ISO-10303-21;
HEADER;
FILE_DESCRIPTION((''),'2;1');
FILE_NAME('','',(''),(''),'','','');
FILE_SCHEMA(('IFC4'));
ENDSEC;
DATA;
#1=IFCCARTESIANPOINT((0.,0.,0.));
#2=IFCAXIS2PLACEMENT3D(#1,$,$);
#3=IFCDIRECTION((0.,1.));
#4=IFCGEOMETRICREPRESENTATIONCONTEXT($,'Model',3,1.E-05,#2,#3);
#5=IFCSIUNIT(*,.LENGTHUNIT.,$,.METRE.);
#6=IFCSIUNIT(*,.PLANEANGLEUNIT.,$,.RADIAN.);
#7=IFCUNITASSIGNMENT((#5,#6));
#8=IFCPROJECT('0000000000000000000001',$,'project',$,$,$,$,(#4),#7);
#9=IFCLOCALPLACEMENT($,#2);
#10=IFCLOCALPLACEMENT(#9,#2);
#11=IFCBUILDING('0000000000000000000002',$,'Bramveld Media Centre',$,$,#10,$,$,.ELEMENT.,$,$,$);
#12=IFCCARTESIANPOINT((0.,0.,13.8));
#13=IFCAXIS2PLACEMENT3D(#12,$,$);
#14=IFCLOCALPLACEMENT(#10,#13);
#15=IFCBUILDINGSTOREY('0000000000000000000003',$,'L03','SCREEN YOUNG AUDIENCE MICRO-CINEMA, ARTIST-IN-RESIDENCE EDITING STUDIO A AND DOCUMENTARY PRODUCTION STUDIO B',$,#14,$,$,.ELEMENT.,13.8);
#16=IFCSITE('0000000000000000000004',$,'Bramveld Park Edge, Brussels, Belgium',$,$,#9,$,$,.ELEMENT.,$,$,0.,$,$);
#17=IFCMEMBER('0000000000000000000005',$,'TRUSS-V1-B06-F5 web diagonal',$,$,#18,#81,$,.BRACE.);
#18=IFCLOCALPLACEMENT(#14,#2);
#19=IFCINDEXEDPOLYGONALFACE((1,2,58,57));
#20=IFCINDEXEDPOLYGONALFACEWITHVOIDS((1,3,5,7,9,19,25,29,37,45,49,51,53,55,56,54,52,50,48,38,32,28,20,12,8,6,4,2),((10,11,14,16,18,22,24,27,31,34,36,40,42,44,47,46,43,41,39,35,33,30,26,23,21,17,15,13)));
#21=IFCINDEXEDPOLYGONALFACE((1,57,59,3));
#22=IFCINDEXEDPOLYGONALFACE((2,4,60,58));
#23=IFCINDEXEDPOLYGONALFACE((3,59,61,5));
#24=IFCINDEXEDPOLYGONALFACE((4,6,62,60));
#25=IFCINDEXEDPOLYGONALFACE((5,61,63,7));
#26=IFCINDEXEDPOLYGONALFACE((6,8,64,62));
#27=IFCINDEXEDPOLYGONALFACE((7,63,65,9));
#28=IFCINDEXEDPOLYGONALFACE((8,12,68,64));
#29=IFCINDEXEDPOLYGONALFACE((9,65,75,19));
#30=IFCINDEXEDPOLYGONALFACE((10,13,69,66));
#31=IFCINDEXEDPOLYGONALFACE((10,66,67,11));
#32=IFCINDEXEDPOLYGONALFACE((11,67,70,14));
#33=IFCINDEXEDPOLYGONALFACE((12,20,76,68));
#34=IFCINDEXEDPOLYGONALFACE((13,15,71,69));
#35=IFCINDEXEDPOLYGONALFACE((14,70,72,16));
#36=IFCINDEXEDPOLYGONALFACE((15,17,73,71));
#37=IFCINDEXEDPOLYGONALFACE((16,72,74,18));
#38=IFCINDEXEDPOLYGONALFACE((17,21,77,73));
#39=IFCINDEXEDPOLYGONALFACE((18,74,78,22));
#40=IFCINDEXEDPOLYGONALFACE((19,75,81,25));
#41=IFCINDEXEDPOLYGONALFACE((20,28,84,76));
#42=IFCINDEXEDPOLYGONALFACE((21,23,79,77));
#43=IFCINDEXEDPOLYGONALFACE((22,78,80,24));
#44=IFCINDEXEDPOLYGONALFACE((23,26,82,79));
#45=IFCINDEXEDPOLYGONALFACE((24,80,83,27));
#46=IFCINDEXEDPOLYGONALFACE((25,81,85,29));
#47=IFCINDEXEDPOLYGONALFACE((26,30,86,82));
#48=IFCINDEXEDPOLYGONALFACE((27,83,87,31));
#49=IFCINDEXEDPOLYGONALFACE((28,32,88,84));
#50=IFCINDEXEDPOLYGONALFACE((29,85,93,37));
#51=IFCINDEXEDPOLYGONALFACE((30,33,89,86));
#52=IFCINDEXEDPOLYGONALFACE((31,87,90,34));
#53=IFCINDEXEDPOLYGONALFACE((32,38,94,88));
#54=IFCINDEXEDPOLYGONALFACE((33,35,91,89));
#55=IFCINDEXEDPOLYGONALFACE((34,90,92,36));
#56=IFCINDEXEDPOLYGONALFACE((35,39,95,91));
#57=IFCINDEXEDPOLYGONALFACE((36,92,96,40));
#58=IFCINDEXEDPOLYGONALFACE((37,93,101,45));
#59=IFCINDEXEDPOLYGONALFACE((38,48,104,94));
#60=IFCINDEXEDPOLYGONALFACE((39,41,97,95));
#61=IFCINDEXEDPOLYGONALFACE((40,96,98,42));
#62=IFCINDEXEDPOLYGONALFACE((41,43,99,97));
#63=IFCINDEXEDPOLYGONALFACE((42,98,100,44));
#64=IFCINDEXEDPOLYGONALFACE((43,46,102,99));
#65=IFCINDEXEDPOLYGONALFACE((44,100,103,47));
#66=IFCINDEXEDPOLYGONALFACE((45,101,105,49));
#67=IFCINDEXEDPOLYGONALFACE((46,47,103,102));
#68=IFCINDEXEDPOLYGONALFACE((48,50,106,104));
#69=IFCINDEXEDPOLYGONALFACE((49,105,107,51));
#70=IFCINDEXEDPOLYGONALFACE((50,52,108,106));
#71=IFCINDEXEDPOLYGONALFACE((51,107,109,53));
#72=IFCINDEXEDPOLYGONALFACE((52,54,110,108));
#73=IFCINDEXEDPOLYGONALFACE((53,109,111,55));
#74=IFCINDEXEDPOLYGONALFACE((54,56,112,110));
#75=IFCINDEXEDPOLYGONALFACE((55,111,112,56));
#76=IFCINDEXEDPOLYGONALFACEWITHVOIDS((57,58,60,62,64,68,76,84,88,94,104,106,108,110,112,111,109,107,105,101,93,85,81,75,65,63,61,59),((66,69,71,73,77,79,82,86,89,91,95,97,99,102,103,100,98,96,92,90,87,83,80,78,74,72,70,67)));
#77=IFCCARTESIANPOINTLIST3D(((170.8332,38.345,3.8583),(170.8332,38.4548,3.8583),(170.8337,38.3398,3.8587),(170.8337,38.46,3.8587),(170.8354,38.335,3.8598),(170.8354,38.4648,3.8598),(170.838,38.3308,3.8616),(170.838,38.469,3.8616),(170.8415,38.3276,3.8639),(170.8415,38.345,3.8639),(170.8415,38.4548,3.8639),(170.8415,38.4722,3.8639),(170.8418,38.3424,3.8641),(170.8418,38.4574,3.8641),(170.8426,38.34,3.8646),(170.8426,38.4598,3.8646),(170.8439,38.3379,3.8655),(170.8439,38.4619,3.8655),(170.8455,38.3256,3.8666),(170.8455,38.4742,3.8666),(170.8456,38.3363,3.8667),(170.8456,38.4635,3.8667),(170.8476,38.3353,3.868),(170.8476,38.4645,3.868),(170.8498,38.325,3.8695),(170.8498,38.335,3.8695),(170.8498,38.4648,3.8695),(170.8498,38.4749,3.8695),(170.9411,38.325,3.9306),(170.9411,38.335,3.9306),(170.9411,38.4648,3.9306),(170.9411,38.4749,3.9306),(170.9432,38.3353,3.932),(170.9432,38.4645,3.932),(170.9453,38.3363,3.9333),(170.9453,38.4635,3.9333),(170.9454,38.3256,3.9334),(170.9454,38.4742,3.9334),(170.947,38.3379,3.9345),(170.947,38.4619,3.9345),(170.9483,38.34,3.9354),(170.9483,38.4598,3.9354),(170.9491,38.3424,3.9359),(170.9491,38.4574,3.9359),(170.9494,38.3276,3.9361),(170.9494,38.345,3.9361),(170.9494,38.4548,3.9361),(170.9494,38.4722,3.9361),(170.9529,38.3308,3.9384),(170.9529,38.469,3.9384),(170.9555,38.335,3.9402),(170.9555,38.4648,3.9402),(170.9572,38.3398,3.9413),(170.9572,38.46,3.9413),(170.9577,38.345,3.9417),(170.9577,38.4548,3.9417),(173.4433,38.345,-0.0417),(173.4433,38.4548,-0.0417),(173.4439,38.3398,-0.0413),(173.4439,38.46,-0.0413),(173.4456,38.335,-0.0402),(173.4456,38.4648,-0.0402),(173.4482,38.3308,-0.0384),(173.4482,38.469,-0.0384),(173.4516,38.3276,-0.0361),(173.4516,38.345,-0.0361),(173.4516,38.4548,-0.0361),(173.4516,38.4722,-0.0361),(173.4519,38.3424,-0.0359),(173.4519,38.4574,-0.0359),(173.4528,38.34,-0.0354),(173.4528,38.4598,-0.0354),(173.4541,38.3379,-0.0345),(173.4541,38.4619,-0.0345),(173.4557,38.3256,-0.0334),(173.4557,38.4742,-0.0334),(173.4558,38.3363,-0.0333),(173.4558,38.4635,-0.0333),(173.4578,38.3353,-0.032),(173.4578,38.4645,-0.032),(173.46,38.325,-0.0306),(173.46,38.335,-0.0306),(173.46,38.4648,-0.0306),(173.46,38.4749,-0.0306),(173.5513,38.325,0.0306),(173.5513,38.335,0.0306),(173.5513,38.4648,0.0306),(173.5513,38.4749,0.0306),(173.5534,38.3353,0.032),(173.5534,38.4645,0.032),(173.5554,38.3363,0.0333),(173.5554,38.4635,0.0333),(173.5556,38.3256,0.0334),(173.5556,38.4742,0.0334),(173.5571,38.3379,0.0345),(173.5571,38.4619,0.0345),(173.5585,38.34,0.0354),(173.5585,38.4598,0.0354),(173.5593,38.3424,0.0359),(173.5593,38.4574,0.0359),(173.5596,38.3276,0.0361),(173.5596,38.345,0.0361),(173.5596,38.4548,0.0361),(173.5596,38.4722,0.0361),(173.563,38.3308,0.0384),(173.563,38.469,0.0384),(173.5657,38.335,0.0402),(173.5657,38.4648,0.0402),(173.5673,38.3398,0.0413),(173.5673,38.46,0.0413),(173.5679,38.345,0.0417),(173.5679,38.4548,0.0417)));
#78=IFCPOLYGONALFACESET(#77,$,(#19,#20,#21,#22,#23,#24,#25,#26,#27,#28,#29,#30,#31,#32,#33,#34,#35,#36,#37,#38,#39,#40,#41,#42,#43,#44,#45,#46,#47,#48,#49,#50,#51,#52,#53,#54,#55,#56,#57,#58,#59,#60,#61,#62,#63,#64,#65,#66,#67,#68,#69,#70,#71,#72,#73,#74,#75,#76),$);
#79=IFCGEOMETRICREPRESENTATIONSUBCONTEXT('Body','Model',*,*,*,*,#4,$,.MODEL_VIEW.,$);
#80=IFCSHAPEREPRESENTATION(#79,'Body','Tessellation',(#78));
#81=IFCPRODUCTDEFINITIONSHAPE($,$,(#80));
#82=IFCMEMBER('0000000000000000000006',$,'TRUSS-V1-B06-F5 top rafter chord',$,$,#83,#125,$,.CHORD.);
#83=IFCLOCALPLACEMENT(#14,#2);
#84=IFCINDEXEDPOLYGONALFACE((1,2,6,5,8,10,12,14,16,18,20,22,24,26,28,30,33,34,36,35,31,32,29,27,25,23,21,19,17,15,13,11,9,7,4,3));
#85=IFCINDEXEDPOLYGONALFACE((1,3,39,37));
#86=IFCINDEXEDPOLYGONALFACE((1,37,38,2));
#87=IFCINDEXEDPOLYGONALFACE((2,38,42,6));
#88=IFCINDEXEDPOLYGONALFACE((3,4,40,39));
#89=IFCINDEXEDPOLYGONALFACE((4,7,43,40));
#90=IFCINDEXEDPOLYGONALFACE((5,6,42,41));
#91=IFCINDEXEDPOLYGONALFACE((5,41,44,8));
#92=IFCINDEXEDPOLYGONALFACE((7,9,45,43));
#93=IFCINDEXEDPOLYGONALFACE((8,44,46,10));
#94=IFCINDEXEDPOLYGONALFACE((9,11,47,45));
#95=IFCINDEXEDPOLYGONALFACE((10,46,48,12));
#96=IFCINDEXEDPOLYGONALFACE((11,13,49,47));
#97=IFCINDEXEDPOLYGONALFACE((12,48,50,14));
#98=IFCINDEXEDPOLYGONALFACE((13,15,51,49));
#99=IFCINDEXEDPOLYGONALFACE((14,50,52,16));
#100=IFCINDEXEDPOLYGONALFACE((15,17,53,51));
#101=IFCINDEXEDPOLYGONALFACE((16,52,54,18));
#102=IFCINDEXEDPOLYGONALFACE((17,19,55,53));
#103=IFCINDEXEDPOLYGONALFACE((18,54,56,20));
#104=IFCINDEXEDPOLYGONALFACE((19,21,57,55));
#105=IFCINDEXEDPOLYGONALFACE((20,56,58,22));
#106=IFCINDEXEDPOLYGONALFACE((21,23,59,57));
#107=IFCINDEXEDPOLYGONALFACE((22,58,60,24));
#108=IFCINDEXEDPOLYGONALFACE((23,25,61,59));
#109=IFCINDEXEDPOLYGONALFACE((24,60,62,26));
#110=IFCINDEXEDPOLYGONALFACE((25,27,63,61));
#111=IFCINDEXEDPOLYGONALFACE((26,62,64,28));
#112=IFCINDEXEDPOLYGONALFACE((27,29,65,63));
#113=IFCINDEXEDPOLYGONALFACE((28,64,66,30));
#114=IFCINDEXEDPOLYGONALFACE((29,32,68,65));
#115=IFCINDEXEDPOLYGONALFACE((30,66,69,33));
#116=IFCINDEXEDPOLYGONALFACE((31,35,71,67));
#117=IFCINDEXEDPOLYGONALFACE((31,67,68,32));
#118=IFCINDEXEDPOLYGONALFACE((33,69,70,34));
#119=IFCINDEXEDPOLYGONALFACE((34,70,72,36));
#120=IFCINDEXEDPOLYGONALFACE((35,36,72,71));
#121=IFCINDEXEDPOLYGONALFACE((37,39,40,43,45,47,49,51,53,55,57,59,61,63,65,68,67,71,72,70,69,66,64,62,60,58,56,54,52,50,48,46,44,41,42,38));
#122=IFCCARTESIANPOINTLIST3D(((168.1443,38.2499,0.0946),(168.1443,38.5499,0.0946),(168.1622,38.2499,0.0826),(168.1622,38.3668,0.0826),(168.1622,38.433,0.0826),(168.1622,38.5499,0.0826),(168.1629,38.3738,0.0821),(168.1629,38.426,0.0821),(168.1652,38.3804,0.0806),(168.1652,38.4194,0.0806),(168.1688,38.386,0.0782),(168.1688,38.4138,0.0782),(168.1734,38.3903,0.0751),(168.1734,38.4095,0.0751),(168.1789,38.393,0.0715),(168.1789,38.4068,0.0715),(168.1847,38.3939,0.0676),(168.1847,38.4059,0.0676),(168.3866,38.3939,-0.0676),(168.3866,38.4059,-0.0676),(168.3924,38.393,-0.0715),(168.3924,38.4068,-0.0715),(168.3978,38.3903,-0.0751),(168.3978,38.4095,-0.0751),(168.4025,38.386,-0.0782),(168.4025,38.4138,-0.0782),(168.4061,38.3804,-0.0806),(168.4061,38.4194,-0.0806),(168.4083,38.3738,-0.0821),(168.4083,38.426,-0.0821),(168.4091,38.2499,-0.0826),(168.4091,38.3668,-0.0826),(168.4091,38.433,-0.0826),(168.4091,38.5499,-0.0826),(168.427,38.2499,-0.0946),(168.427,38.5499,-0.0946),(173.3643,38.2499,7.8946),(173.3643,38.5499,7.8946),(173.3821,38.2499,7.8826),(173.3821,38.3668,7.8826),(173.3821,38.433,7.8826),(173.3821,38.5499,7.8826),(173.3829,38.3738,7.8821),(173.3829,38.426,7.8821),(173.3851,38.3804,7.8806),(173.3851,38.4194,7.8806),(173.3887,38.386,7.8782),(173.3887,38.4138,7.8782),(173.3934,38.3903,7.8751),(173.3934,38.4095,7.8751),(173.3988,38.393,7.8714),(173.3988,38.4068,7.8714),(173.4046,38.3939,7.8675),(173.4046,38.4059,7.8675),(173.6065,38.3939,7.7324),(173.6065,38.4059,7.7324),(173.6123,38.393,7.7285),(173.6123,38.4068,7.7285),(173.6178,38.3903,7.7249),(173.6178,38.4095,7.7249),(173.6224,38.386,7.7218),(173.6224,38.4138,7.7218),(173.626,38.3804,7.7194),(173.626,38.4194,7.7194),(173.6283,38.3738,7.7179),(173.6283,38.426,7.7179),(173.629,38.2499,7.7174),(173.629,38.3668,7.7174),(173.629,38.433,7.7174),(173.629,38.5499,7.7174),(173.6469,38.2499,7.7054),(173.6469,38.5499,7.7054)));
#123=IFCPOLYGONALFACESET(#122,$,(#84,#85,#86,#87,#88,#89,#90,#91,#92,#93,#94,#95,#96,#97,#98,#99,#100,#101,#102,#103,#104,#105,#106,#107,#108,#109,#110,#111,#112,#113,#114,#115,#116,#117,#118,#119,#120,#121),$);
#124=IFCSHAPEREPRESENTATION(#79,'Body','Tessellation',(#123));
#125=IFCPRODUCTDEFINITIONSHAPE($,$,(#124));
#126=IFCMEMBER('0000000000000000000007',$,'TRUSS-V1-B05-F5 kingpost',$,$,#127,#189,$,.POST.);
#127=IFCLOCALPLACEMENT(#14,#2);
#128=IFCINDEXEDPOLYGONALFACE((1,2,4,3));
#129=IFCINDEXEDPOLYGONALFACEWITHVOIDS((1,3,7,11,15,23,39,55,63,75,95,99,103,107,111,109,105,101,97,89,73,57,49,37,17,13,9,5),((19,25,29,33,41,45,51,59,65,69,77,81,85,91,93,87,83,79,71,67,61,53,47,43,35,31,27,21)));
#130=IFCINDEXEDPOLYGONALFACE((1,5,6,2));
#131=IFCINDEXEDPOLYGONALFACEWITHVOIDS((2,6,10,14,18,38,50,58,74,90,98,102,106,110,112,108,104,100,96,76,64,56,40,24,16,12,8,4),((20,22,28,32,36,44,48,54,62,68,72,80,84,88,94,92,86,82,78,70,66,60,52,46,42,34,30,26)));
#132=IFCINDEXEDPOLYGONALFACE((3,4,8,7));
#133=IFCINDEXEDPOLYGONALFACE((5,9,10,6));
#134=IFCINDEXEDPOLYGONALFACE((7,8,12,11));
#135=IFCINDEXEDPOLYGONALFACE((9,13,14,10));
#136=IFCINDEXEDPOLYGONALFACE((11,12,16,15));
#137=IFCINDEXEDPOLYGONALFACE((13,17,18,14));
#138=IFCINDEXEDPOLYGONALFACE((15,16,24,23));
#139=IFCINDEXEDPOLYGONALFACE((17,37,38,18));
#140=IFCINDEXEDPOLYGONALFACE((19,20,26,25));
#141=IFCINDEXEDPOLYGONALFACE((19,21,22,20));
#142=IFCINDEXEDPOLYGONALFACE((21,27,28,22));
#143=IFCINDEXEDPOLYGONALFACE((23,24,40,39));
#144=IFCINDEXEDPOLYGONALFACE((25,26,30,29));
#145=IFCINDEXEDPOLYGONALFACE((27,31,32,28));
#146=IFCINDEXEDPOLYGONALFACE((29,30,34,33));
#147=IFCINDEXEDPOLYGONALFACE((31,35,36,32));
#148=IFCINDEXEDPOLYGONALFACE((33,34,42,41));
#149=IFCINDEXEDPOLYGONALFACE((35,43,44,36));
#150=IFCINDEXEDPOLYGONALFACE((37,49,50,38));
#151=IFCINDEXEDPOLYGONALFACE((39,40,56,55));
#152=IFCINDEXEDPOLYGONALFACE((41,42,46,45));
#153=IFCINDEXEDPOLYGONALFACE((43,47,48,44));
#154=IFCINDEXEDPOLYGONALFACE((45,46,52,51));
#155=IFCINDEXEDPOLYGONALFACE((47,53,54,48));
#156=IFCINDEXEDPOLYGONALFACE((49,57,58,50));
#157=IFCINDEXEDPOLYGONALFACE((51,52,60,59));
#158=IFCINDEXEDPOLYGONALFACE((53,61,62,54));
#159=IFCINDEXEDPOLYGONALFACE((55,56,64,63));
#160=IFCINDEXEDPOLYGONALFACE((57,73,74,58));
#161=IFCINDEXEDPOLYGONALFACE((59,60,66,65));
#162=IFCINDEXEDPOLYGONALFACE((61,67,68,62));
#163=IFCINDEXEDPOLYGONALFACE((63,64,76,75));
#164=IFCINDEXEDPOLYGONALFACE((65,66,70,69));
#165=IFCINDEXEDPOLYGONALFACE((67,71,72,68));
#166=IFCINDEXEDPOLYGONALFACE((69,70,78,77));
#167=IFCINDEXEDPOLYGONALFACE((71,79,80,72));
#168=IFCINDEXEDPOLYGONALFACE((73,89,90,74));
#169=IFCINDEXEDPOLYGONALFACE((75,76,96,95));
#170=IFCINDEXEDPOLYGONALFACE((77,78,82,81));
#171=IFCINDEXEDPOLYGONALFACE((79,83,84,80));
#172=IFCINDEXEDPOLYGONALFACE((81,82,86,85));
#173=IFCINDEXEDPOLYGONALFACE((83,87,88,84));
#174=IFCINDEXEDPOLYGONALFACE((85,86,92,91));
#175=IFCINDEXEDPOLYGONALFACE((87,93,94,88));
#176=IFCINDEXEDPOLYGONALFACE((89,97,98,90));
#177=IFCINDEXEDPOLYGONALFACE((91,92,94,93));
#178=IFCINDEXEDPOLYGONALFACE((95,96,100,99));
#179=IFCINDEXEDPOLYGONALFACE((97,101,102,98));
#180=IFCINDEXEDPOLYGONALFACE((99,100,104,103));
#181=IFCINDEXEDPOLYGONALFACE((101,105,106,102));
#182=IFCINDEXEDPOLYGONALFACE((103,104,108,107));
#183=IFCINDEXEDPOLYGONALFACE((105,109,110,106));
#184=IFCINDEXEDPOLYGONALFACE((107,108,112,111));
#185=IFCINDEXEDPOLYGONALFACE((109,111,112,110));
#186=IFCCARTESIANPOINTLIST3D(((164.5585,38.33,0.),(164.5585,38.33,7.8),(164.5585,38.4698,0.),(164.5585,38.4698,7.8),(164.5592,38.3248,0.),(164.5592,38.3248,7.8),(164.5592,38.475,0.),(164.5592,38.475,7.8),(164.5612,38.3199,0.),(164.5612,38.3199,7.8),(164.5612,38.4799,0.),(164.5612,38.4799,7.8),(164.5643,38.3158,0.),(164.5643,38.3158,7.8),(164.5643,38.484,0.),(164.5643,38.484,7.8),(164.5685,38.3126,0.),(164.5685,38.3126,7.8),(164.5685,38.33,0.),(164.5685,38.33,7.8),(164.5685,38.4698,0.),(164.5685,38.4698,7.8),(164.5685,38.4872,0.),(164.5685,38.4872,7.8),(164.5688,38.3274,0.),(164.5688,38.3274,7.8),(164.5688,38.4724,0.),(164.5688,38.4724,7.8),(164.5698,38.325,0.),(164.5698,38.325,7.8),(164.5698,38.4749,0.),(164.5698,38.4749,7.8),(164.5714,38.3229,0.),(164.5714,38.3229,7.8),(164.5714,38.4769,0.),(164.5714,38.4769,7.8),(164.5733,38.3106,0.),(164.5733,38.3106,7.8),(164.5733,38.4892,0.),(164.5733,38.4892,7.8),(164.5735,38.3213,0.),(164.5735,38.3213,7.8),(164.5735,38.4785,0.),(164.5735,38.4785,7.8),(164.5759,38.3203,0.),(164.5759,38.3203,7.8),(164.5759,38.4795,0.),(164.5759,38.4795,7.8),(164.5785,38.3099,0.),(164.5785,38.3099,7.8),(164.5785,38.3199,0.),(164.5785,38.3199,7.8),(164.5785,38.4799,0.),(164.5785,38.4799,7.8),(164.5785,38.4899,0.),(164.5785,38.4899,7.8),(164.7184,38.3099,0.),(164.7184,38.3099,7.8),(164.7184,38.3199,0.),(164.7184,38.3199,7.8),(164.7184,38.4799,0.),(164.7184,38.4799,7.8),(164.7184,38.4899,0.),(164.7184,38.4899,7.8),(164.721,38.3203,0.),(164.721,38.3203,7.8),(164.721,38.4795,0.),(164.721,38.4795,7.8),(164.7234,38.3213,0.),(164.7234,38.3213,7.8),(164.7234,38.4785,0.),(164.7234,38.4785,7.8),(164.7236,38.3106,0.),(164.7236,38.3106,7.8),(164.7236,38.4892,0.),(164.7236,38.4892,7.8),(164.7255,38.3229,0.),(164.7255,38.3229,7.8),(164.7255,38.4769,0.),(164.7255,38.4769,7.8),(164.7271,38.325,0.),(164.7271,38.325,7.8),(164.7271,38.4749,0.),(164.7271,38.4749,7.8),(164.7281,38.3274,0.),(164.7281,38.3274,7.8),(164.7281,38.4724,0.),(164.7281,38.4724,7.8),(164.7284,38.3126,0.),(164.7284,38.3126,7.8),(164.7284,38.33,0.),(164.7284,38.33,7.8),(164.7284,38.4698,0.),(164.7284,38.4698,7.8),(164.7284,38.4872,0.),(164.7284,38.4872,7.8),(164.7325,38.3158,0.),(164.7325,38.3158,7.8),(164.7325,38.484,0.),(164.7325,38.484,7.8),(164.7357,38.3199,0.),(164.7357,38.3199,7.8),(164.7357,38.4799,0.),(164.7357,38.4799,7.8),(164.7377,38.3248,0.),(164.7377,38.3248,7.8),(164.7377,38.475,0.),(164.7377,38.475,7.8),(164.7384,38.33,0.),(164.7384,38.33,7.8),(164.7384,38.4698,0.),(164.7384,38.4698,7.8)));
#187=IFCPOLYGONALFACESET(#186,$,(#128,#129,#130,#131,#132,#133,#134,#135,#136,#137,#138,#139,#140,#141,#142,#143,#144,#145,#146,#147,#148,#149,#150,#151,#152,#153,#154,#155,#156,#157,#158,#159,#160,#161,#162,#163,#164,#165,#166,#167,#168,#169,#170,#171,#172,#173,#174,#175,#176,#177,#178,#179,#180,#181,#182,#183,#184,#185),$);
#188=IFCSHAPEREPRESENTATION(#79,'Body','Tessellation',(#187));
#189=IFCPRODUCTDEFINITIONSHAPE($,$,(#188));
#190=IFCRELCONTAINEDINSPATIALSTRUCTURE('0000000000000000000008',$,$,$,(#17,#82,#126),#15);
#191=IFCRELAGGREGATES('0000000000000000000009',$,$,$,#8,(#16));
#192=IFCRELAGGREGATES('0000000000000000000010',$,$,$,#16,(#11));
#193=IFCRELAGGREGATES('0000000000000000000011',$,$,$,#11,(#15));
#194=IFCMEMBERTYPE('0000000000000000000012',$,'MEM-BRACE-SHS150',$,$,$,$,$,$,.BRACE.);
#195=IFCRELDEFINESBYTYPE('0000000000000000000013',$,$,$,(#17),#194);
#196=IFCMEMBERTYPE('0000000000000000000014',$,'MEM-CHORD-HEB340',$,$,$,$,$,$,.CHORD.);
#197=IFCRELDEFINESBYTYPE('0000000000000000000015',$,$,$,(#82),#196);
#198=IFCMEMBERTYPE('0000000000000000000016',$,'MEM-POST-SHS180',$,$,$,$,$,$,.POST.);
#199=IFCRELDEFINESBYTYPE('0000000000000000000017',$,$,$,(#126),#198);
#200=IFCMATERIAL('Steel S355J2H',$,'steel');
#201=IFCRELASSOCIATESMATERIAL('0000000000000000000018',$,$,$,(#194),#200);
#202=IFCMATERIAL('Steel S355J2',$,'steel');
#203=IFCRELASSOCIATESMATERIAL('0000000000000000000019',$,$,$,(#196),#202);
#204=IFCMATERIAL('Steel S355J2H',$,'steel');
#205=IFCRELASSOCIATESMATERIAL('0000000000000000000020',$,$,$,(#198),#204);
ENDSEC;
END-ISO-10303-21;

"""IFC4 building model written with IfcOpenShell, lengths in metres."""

from ifc_helpers import new_model, si_unit, direction, frame, origin, origin_2d, place, context, subcontext, project, spatial, hollow_rectangle, i_section, extrude, material, material_profile, profile_set, type_object, element, save


model = new_model("IFC4")

# Units and contexts
model_context = context("Model", 3, precision=1e-05, world=origin(), true_north=direction((0.0, 1.0)))
body_context = subcontext(model_context, "Body", "Model", "MODEL_VIEW")
ifc_project = project(units=[si_unit("LENGTHUNIT", "METRE"), si_unit("PLANEANGLEUNIT", "RADIAN")], contexts=[model_context])

# Site, building, storey
site_placement = place(None, origin())
site = spatial("IfcSite", under=ifc_project, at=site_placement, Name="Bramveld Park Edge, Brussels, Belgium", CompositionType="ELEMENT", RefElevation=0.0)
building_placement = place(site_placement, origin())
building = spatial("IfcBuilding", under=site, at=building_placement, Name="Bramveld Media Centre", CompositionType="ELEMENT")
storey_placement = place(building_placement, frame((0.0, 0.0, 13.8)))
storey = spatial("IfcBuildingStorey", under=building, at=storey_placement, Name="L03", Description="SCREEN YOUNG AUDIENCE MICRO-CINEMA, ARTIST-IN-RESIDENCE EDITING STUDIO A AND DOCUMENTARY PRODUCTION STUDIO B", CompositionType="ELEMENT", Elevation=13.8)

# Members
ifc_material_1 = material(Name="Steel S355J2H", Category="steel")
ifc_material_profile_1 = material_profile(ifc_material_1, hollow_rectangle(XDim=0.1499, YDim=0.1499, WallThickness=0.01, InnerFilletRadius=0.01, OuterFilletRadius=0.02, at=origin_2d()), Name="SHS 150x150x10")
ifc_profile_set_1 = profile_set([ifc_material_profile_1], Name="Steel S355J2H")
member_type_1 = type_object("IfcMemberType", Name="MEM-BRACE-SHS150", PredefinedType="BRACE", material=ifc_profile_set_1)
member_1_placement = place(storey_placement, frame((173.5056, 38.3999, 0.0), z_axis=(-0.5562, 0.0, 0.831048), x_axis=(0.0, -1.0, 0.0)))
element("IfcMember", 1, at=member_1_placement, inside=storey, type_object=member_type_1, Name="TRUSS-V1-B06-F5 web diagonal", PredefinedType="BRACE", context=body_context, shape_type="SweptSolid", body=[
    extrude(hollow_rectangle(XDim=0.1499, YDim=0.1499, WallThickness=0.01, InnerFilletRadius=0.01, OuterFilletRadius=0.02, at=origin_2d()), origin(), (0.0, 0.0, 1.0), 4.6929),
])
ifc_material_2 = material(Name="Steel S355J2", Category="steel")
ifc_material_profile_2 = material_profile(ifc_material_2, i_section(OverallWidth=0.3, OverallDepth=0.3401, WebThickness=0.012, FlangeThickness=0.0215, FilletRadius=0.0271, at=origin_2d()), Name="HEB 340")
ifc_profile_set_2 = profile_set([ifc_material_profile_2], Name="Steel S355J2")
member_type_2 = type_object("IfcMemberType", Name="MEM-CHORD-HEB340", PredefinedType="CHORD", material=ifc_profile_set_2)
member_2_placement = place(storey_placement, frame((168.2856, 38.3999, 0.0), z_axis=(0.55617, 0.0, 0.831069), x_axis=(0.0, 1.0, 0.0)))
element("IfcMember", 2, at=member_2_placement, inside=storey, type_object=member_type_2, Name="TRUSS-V1-B06-F5 top rafter chord", PredefinedType="CHORD", context=body_context, shape_type="SweptSolid", body=[
    extrude(i_section(OverallWidth=0.3, OverallDepth=0.3401, WebThickness=0.012, FlangeThickness=0.0215, FilletRadius=0.0271, at=origin_2d()), origin(), (0.0, 0.0, 1.0), 9.3855),
])
ifc_material_3 = material(Name="Steel S355J2H", Category="steel")
ifc_material_profile_3 = material_profile(ifc_material_3, hollow_rectangle(XDim=0.1799, YDim=0.1799, WallThickness=0.01, InnerFilletRadius=0.01, OuterFilletRadius=0.02, at=origin_2d()), Name="SHS 180x180x10")
ifc_profile_set_3 = profile_set([ifc_material_profile_3], Name="Steel S355J2H")
member_type_3 = type_object("IfcMemberType", Name="MEM-POST-SHS180", PredefinedType="POST", material=ifc_profile_set_3)
for number, where, z_axis, x_axis, name in (
    (3, (164.6484, 38.3999, 0.0), (0.0, 0.0, 1.0), (1.0, 0.0, 0.0), "TRUSS-V1-B05-F5 kingpost"),
):
    element("IfcMember", number, at=place(storey_placement, frame(where, z_axis=z_axis, x_axis=x_axis)), inside=storey, type_object=member_type_3, Name=name, PredefinedType="POST", context=body_context, shape_type="SweptSolid", body=[
        extrude(hollow_rectangle(XDim=0.1799, YDim=0.1799, WallThickness=0.01, InnerFilletRadius=0.01, OuterFilletRadius=0.02, at=origin_2d()), origin(), (0.0, 0.0, 1.0), 7.8),
    ])

save(model, "model.ifc")
